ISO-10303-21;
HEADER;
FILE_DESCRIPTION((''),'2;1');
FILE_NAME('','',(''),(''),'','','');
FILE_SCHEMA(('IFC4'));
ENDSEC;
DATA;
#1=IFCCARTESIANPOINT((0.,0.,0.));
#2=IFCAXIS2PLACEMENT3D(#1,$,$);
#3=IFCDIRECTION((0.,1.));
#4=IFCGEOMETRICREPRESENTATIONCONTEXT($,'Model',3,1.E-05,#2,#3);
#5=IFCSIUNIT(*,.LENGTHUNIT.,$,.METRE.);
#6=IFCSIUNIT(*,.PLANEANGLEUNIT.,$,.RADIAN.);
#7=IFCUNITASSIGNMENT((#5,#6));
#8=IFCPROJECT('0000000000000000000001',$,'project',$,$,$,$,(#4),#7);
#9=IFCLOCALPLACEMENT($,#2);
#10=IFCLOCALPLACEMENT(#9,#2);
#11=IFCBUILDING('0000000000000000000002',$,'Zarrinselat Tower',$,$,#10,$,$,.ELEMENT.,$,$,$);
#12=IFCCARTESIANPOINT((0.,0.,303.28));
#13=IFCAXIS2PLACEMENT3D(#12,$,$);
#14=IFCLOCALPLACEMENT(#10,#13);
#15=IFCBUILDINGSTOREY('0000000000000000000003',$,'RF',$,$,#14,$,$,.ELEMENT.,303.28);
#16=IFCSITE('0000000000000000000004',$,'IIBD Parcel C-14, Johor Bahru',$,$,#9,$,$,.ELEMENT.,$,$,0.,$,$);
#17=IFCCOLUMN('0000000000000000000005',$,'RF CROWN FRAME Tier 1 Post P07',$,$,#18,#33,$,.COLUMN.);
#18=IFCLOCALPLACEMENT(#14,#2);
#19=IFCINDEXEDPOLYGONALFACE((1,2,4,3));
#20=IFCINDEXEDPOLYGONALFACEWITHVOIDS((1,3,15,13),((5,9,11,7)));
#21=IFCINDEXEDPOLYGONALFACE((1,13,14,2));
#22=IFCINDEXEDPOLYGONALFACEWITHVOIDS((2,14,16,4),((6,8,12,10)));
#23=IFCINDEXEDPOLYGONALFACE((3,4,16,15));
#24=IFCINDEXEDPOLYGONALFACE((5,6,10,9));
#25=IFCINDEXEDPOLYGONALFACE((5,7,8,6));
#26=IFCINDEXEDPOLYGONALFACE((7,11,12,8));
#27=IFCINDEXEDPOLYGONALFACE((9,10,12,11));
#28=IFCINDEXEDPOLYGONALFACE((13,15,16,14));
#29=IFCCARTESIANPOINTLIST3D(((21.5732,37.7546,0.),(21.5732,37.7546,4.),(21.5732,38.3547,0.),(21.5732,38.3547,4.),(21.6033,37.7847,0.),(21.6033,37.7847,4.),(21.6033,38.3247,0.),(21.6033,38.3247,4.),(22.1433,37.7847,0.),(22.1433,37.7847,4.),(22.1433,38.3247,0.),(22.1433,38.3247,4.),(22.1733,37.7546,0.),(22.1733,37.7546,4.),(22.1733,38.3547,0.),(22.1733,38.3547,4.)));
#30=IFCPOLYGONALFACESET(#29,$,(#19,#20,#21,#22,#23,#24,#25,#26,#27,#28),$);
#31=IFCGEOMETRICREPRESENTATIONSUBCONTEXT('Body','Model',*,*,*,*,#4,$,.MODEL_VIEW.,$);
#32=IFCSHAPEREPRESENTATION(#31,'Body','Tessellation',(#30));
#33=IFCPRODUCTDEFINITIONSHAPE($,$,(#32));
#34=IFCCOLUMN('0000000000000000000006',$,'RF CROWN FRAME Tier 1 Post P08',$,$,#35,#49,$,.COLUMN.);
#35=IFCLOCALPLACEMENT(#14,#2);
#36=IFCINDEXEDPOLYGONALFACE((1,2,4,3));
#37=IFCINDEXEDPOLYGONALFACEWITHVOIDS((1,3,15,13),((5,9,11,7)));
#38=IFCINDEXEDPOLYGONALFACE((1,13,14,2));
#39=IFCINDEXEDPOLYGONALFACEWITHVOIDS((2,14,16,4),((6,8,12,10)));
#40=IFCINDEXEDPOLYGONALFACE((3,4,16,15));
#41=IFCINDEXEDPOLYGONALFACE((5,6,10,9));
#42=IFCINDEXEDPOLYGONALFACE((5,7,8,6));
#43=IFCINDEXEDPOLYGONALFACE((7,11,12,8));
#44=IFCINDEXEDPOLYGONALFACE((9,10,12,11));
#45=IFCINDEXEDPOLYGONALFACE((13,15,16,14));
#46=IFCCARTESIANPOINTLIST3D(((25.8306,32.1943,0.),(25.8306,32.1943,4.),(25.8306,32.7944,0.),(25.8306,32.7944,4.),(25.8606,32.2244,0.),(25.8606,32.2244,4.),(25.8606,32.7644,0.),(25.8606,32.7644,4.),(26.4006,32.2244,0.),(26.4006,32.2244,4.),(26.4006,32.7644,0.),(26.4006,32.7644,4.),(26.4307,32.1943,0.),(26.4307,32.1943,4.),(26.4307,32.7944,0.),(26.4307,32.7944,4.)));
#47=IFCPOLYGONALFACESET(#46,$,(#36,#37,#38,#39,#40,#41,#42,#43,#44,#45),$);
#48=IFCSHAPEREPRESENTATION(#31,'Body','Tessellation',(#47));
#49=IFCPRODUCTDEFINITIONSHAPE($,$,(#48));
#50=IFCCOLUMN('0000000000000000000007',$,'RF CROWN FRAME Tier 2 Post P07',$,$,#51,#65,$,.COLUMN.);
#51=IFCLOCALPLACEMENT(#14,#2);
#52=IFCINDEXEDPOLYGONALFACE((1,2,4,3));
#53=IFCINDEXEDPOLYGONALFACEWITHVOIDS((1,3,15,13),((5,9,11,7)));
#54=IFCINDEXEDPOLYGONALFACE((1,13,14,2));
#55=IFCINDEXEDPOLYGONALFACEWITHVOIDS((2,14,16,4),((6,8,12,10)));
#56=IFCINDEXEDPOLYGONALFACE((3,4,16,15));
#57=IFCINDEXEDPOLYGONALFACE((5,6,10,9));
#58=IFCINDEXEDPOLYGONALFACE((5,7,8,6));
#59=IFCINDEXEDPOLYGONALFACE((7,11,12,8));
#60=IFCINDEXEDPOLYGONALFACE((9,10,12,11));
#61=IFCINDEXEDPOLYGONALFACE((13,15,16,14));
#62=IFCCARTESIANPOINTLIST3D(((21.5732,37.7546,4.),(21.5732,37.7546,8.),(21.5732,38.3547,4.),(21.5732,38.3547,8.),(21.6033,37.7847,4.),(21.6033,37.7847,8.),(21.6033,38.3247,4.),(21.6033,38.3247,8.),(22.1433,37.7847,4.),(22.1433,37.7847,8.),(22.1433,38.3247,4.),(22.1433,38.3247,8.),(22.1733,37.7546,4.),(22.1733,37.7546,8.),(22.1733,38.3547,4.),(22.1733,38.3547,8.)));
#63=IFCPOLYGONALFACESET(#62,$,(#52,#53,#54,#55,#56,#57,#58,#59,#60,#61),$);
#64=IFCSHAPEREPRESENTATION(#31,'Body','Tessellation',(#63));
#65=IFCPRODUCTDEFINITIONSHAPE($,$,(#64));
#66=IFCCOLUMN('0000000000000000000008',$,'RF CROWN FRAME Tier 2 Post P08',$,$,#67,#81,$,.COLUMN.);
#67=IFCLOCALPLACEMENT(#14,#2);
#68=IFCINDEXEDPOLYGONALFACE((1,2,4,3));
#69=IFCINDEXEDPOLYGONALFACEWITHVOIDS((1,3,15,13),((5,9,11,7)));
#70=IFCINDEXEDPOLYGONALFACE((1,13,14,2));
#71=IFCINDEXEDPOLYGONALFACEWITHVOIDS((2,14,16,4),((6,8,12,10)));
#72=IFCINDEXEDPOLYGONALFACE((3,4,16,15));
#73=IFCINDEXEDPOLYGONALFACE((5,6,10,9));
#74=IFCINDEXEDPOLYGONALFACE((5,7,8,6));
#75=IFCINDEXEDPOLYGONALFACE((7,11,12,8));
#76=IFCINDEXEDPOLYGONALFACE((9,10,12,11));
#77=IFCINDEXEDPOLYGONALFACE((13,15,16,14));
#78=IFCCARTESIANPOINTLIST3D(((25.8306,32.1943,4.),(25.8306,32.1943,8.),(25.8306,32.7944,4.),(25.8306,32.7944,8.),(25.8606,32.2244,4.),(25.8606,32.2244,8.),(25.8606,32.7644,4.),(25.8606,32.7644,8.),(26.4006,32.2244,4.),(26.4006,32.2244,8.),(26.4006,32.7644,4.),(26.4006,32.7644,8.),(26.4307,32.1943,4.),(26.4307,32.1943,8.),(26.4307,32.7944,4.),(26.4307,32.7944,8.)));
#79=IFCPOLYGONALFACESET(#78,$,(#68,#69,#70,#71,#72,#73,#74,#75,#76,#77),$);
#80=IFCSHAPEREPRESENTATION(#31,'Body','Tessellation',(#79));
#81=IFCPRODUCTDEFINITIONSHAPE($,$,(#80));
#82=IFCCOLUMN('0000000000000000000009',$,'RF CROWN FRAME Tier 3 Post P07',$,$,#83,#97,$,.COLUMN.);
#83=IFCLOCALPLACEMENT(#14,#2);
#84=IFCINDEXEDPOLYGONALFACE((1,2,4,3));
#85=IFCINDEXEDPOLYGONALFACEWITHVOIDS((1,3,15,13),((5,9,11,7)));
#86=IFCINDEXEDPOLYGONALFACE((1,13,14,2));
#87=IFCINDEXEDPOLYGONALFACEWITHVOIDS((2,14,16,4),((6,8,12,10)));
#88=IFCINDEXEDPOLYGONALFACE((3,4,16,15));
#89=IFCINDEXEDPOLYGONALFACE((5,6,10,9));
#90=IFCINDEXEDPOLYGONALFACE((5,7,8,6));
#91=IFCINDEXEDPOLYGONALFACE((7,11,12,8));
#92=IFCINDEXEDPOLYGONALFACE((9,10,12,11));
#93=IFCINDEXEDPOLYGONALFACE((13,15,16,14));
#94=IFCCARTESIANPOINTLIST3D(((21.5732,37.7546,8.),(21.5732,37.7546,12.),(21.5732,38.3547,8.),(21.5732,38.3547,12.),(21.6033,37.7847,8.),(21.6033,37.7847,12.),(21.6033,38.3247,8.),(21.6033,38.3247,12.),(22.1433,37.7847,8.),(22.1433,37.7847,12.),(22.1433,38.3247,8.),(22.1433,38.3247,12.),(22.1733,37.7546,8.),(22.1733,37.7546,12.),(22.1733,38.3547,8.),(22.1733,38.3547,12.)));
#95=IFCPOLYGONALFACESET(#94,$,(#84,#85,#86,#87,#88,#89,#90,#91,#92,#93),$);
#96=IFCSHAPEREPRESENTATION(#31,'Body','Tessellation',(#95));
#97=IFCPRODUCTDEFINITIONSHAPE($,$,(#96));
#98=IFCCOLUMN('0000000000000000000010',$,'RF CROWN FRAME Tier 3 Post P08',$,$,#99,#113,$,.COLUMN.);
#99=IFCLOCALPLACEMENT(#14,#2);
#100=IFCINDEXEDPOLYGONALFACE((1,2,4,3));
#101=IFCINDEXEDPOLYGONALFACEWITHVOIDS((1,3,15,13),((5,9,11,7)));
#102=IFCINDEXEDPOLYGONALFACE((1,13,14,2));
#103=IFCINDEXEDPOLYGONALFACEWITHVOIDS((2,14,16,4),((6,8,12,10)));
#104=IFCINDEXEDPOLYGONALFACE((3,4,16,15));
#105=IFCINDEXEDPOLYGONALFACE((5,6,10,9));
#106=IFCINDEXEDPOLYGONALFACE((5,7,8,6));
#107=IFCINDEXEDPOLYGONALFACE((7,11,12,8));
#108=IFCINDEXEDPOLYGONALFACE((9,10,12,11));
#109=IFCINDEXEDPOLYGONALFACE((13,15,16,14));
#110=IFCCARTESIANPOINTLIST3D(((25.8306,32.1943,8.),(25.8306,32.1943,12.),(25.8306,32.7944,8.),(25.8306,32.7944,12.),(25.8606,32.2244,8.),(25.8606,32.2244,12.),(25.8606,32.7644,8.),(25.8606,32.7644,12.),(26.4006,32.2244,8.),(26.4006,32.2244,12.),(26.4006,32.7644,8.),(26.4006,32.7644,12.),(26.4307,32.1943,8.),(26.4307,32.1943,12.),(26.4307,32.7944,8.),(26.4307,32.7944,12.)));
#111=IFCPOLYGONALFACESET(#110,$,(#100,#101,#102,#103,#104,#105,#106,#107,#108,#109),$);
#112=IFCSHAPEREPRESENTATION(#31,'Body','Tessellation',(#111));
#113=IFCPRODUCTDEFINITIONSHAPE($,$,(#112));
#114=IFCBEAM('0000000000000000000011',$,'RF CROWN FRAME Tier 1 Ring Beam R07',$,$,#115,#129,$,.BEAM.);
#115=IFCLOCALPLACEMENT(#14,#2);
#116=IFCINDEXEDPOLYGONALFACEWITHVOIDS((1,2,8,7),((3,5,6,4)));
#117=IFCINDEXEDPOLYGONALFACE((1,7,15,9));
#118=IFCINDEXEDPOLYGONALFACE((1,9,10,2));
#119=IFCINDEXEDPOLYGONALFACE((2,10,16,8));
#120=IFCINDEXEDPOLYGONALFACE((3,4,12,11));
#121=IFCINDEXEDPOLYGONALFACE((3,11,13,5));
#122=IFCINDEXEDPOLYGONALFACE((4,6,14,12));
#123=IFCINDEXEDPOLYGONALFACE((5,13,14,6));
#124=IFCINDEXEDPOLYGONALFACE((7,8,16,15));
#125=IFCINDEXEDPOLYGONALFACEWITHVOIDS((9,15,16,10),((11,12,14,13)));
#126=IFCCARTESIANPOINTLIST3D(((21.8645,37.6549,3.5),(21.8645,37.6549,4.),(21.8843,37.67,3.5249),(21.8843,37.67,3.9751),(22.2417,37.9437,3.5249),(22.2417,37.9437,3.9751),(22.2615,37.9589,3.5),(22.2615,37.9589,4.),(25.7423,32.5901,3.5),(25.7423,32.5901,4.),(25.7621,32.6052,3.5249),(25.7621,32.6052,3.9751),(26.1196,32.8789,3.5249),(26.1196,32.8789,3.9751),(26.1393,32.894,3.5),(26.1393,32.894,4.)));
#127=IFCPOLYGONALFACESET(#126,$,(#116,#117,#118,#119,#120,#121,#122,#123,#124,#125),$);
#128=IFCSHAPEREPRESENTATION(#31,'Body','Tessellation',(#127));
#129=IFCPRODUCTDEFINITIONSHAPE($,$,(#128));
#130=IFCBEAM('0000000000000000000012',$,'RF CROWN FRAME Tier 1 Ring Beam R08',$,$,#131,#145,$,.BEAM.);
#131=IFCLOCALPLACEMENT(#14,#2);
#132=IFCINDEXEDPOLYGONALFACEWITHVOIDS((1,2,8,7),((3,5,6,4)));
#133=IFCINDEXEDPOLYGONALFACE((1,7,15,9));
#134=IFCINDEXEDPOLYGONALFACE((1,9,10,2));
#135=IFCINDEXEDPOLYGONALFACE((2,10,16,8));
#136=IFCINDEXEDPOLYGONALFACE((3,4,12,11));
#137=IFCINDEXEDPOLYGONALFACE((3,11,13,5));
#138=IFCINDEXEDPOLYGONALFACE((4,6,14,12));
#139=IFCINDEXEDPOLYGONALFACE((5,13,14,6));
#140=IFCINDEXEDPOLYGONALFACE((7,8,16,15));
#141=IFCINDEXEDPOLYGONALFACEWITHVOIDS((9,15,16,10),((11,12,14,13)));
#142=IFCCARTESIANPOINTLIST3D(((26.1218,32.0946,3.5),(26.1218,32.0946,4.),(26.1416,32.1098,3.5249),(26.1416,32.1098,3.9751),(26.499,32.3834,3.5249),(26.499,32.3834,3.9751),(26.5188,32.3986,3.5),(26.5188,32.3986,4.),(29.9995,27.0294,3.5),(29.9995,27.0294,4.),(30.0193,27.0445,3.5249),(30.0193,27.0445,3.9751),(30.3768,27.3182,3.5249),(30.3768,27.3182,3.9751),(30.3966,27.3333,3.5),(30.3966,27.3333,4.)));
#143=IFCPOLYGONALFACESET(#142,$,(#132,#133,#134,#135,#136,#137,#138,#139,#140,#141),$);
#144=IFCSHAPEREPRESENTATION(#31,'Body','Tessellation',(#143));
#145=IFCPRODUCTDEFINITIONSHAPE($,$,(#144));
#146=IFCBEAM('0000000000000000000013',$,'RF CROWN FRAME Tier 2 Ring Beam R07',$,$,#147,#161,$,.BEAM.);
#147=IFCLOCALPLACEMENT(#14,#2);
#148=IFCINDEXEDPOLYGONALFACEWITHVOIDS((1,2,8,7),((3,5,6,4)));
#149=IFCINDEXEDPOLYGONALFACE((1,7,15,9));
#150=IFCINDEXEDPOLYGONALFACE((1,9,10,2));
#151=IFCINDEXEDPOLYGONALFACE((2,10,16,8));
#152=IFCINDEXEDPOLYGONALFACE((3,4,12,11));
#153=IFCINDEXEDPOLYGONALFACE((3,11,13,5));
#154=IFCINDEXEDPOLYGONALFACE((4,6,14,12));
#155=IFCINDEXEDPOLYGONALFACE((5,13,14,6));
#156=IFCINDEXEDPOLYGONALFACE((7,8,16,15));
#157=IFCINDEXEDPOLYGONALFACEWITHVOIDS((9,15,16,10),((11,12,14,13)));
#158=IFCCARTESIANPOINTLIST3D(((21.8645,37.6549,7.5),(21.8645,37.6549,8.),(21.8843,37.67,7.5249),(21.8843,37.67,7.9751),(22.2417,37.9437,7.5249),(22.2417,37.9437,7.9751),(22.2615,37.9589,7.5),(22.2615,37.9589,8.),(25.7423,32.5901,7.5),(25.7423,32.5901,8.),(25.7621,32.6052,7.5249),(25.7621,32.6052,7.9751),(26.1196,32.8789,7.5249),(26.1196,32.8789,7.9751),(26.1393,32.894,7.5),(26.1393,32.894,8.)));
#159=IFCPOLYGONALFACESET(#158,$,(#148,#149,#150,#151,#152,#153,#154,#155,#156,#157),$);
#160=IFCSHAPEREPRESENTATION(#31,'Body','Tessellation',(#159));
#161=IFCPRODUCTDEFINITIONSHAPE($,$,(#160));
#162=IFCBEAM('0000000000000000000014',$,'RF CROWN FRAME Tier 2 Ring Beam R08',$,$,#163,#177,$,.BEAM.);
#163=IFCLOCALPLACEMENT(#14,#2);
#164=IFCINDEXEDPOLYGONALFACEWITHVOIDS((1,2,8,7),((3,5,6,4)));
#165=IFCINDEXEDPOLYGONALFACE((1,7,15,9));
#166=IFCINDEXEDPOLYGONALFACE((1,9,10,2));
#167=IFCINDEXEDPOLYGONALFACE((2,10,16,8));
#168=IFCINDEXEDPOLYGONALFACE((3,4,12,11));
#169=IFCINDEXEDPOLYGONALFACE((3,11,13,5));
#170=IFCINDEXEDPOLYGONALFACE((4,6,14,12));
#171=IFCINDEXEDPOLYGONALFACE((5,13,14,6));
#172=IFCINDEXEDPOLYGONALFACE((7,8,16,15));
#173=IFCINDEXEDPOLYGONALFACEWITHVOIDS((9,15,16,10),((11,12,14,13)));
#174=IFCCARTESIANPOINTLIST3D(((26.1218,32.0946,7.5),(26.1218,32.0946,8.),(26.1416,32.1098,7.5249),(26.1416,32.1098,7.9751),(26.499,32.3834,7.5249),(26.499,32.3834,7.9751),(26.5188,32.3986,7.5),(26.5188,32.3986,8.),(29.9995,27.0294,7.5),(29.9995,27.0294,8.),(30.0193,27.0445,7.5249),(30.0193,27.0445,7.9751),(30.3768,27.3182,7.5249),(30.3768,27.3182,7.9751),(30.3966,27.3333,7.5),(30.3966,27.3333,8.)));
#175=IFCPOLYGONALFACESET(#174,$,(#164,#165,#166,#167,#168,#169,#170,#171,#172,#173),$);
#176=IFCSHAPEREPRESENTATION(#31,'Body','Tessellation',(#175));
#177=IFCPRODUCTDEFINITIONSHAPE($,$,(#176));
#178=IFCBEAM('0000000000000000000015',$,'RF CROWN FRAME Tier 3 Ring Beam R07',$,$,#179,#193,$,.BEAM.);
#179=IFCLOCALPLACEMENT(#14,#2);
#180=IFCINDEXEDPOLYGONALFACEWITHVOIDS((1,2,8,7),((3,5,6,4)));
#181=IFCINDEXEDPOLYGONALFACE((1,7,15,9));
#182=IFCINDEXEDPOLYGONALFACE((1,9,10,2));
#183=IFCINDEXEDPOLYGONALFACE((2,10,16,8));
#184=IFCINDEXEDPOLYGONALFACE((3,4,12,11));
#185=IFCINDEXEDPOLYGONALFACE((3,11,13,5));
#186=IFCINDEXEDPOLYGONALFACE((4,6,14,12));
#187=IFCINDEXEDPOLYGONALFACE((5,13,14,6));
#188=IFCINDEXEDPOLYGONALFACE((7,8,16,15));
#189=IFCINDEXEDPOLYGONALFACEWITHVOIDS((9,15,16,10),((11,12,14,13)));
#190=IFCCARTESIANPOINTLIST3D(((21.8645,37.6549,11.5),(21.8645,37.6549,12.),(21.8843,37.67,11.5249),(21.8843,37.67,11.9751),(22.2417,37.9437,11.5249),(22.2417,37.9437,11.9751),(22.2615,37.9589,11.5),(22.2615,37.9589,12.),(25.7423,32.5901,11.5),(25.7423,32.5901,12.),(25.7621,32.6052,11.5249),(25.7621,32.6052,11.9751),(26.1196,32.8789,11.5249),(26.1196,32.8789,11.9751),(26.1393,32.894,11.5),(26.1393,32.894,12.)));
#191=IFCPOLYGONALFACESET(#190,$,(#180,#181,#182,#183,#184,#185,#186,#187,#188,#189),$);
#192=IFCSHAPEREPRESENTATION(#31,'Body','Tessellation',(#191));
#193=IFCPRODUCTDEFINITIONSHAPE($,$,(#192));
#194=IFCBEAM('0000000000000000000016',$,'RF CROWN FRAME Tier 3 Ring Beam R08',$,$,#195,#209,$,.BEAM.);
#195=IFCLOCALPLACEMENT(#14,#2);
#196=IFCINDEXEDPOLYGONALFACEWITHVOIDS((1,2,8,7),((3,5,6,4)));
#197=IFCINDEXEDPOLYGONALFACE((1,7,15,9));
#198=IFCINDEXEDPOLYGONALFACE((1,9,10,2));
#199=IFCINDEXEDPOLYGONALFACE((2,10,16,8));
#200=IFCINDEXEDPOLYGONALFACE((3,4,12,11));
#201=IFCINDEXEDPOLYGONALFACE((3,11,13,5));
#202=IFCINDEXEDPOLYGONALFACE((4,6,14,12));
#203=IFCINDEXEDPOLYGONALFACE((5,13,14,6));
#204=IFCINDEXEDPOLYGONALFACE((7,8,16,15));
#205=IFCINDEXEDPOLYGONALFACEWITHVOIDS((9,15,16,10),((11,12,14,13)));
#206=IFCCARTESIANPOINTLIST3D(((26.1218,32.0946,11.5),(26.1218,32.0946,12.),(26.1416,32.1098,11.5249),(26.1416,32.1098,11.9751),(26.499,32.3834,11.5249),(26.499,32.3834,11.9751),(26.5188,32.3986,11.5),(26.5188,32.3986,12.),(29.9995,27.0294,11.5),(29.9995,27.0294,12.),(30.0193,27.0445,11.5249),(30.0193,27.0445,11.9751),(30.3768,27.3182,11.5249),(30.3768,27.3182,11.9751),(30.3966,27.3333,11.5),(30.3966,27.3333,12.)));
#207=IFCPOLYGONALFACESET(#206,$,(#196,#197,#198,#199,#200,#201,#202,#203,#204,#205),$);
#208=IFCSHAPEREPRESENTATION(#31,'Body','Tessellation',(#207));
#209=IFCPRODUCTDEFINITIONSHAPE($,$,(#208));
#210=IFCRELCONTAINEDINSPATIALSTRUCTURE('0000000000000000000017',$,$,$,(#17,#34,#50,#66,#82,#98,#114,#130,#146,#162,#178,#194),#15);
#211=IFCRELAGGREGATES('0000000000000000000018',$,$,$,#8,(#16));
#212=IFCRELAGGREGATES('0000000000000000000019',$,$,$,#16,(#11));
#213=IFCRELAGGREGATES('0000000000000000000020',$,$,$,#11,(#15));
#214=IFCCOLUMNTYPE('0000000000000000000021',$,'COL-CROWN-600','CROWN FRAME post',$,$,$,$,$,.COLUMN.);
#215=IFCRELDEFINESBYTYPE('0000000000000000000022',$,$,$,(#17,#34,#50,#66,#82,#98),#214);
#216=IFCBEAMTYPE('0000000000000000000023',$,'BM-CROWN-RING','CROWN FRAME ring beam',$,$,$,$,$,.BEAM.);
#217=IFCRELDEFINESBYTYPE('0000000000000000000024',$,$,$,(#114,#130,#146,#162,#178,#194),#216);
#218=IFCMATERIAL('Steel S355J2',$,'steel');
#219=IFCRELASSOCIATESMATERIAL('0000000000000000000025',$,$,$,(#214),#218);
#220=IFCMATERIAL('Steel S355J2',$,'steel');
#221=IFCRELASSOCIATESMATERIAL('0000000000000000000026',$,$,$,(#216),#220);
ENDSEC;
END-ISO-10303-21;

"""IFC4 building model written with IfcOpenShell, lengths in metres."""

from ifc_helpers import new_model, si_unit, direction, frame, origin, origin_2d, place, context, subcontext, project, spatial, hollow_rectangle, extrude, material, material_profile, profile_set, type_object, element, save


model = new_model("IFC4")

# Units and contexts
model_context = context("Model", 3, precision=1e-05, world=origin(), true_north=direction((0.0, 1.0)))
body_context = subcontext(model_context, "Body", "Model", "MODEL_VIEW")
ifc_project = project(units=[si_unit("LENGTHUNIT", "METRE"), si_unit("PLANEANGLEUNIT", "RADIAN")], contexts=[model_context])

# Site, building, storey
site_placement = place(None, origin())
site = spatial("IfcSite", under=ifc_project, at=site_placement, Name="IIBD Parcel C-14, Johor Bahru", CompositionType="ELEMENT", RefElevation=0.0)
building_placement = place(site_placement, origin())
building = spatial("IfcBuilding", under=site, at=building_placement, Name="Zarrinselat Tower", CompositionType="ELEMENT")
storey_placement = place(building_placement, frame((0.0, 0.0, 303.28)))
storey = spatial("IfcBuildingStorey", under=building, at=storey_placement, Name="RF", CompositionType="ELEMENT", Elevation=303.28)

# Columns
ifc_material_1 = material(Name="Steel S355J2", Category="steel")
ifc_material_profile_1 = material_profile(ifc_material_1, hollow_rectangle(XDim=0.6001, YDim=0.6001, WallThickness=0.03, at=origin_2d()), Name="SHS 600x600x30")
ifc_profile_set_1 = profile_set([ifc_material_profile_1], Name="Steel S355J2")
column_type = type_object("IfcColumnType", Name="COL-CROWN-600", Description="CROWN FRAME post", PredefinedType="COLUMN", material=ifc_profile_set_1)
for number, where, z_axis, x_axis, name in (
    (1, (21.8733, 38.0547, 0.0), (0.0, 0.0, 1.0), (1.0, 0.0, 0.0), "RF CROWN FRAME Tier 1 Post P07"),
    (2, (26.1306, 32.4944, 0.0), (0.0, 0.0, 1.0), (1.0, 0.0, 0.0), "RF CROWN FRAME Tier 1 Post P08"),
    (3, (21.8733, 38.0547, 4.0), (0.0, 0.0, 1.0), (1.0, 0.0, 0.0), "RF CROWN FRAME Tier 2 Post P07"),
    (4, (26.1306, 32.4944, 4.0), (0.0, 0.0, 1.0), (1.0, 0.0, 0.0), "RF CROWN FRAME Tier 2 Post P08"),
    (5, (21.8733, 38.0547, 8.0), (0.0, 0.0, 1.0), (1.0, 0.0, 0.0), "RF CROWN FRAME Tier 3 Post P07"),
    (6, (26.1306, 32.4944, 8.0), (0.0, 0.0, 1.0), (1.0, 0.0, 0.0), "RF CROWN FRAME Tier 3 Post P08"),
):
    element("IfcColumn", number, at=place(storey_placement, frame(where, z_axis=z_axis, x_axis=x_axis)), inside=storey, type_object=column_type, Name=name, PredefinedType="COLUMN", context=body_context, shape_type="SweptSolid", body=[
        extrude(hollow_rectangle(XDim=0.6001, YDim=0.6001, WallThickness=0.03, at=origin_2d()), origin(), (0.0, 0.0, 1.0), 4.0),
    ])

# Beams
ifc_material_2 = material(Name="Steel S355J2", Category="steel")
ifc_material_profile_2 = material_profile(ifc_material_2, hollow_rectangle(XDim=0.5, YDim=0.5, WallThickness=0.0249, at=origin_2d()), Name="SHS 500x500x25")
ifc_profile_set_2 = profile_set([ifc_material_profile_2], Name="Steel S355J2")
beam_type = type_object("IfcBeamType", Name="BM-CROWN-RING", Description="CROWN FRAME ring beam", PredefinedType="BEAM", material=ifc_profile_set_2)
beam_1_placement = place(storey_placement, frame((22.063, 37.8069, 3.75), z_axis=(0.607919, -0.793999, 0.0), x_axis=(0.793999, 0.607919, 0.0)))
element("IfcBeam", 7, at=beam_1_placement, inside=storey, type_object=beam_type, Name="RF CROWN FRAME Tier 1 Ring Beam R07", PredefinedType="BEAM", context=body_context, shape_type="SweptSolid", body=[
    extrude(hollow_rectangle(XDim=0.5, YDim=0.5, WallThickness=0.0249, at=origin_2d()), origin(), (0.0, 0.0, 1.0), 6.3789),
])
beam_2_placement = place(storey_placement, frame((26.3203, 32.2466, 3.75), z_axis=(0.607876, -0.794032, 0.0), x_axis=(0.794032, 0.607876, 0.0)))
element("IfcBeam", 8, at=beam_2_placement, inside=storey, type_object=beam_type, Name="RF CROWN FRAME Tier 1 Ring Beam R08", PredefinedType="BEAM", context=body_context, shape_type="SweptSolid", body=[
    extrude(hollow_rectangle(XDim=0.5, YDim=0.5, WallThickness=0.0249, at=origin_2d()), origin(), (0.0, 0.0, 1.0), 6.3792),
])
beam_3_placement = place(storey_placement, frame((22.063, 37.8069, 7.75), z_axis=(0.607919, -0.793999, 0.0), x_axis=(0.793999, 0.607919, 0.0)))
element("IfcBeam", 9, at=beam_3_placement, inside=storey, type_object=beam_type, Name="RF CROWN FRAME Tier 2 Ring Beam R07", PredefinedType="BEAM", context=body_context, shape_type="SweptSolid", body=[
    extrude(hollow_rectangle(XDim=0.5, YDim=0.5, WallThickness=0.0249, at=origin_2d()), origin(), (0.0, 0.0, 1.0), 6.3789),
])
beam_4_placement = place(storey_placement, frame((26.3203, 32.2466, 7.75), z_axis=(0.607876, -0.794032, 0.0), x_axis=(0.794032, 0.607876, 0.0)))
element("IfcBeam", 10, at=beam_4_placement, inside=storey, type_object=beam_type, Name="RF CROWN FRAME Tier 2 Ring Beam R08", PredefinedType="BEAM", context=body_context, shape_type="SweptSolid", body=[
    extrude(hollow_rectangle(XDim=0.5, YDim=0.5, WallThickness=0.0249, at=origin_2d()), origin(), (0.0, 0.0, 1.0), 6.3792),
])
beam_5_placement = place(storey_placement, frame((22.063, 37.8069, 11.75), z_axis=(0.607919, -0.793999, 0.0), x_axis=(0.793999, 0.607919, 0.0)))
element("IfcBeam", 11, at=beam_5_placement, inside=storey, type_object=beam_type, Name="RF CROWN FRAME Tier 3 Ring Beam R07", PredefinedType="BEAM", context=body_context, shape_type="SweptSolid", body=[
    extrude(hollow_rectangle(XDim=0.5, YDim=0.5, WallThickness=0.0249, at=origin_2d()), origin(), (0.0, 0.0, 1.0), 6.3789),
])
beam_6_placement = place(storey_placement, frame((26.3203, 32.2466, 11.75), z_axis=(0.607876, -0.794032, 0.0), x_axis=(0.794032, 0.607876, 0.0)))
element("IfcBeam", 12, at=beam_6_placement, inside=storey, type_object=beam_type, Name="RF CROWN FRAME Tier 3 Ring Beam R08", PredefinedType="BEAM", context=body_context, shape_type="SweptSolid", body=[
    extrude(hollow_rectangle(XDim=0.5, YDim=0.5, WallThickness=0.0249, at=origin_2d()), origin(), (0.0, 0.0, 1.0), 6.3792),
])

save(model, "model.ifc")
